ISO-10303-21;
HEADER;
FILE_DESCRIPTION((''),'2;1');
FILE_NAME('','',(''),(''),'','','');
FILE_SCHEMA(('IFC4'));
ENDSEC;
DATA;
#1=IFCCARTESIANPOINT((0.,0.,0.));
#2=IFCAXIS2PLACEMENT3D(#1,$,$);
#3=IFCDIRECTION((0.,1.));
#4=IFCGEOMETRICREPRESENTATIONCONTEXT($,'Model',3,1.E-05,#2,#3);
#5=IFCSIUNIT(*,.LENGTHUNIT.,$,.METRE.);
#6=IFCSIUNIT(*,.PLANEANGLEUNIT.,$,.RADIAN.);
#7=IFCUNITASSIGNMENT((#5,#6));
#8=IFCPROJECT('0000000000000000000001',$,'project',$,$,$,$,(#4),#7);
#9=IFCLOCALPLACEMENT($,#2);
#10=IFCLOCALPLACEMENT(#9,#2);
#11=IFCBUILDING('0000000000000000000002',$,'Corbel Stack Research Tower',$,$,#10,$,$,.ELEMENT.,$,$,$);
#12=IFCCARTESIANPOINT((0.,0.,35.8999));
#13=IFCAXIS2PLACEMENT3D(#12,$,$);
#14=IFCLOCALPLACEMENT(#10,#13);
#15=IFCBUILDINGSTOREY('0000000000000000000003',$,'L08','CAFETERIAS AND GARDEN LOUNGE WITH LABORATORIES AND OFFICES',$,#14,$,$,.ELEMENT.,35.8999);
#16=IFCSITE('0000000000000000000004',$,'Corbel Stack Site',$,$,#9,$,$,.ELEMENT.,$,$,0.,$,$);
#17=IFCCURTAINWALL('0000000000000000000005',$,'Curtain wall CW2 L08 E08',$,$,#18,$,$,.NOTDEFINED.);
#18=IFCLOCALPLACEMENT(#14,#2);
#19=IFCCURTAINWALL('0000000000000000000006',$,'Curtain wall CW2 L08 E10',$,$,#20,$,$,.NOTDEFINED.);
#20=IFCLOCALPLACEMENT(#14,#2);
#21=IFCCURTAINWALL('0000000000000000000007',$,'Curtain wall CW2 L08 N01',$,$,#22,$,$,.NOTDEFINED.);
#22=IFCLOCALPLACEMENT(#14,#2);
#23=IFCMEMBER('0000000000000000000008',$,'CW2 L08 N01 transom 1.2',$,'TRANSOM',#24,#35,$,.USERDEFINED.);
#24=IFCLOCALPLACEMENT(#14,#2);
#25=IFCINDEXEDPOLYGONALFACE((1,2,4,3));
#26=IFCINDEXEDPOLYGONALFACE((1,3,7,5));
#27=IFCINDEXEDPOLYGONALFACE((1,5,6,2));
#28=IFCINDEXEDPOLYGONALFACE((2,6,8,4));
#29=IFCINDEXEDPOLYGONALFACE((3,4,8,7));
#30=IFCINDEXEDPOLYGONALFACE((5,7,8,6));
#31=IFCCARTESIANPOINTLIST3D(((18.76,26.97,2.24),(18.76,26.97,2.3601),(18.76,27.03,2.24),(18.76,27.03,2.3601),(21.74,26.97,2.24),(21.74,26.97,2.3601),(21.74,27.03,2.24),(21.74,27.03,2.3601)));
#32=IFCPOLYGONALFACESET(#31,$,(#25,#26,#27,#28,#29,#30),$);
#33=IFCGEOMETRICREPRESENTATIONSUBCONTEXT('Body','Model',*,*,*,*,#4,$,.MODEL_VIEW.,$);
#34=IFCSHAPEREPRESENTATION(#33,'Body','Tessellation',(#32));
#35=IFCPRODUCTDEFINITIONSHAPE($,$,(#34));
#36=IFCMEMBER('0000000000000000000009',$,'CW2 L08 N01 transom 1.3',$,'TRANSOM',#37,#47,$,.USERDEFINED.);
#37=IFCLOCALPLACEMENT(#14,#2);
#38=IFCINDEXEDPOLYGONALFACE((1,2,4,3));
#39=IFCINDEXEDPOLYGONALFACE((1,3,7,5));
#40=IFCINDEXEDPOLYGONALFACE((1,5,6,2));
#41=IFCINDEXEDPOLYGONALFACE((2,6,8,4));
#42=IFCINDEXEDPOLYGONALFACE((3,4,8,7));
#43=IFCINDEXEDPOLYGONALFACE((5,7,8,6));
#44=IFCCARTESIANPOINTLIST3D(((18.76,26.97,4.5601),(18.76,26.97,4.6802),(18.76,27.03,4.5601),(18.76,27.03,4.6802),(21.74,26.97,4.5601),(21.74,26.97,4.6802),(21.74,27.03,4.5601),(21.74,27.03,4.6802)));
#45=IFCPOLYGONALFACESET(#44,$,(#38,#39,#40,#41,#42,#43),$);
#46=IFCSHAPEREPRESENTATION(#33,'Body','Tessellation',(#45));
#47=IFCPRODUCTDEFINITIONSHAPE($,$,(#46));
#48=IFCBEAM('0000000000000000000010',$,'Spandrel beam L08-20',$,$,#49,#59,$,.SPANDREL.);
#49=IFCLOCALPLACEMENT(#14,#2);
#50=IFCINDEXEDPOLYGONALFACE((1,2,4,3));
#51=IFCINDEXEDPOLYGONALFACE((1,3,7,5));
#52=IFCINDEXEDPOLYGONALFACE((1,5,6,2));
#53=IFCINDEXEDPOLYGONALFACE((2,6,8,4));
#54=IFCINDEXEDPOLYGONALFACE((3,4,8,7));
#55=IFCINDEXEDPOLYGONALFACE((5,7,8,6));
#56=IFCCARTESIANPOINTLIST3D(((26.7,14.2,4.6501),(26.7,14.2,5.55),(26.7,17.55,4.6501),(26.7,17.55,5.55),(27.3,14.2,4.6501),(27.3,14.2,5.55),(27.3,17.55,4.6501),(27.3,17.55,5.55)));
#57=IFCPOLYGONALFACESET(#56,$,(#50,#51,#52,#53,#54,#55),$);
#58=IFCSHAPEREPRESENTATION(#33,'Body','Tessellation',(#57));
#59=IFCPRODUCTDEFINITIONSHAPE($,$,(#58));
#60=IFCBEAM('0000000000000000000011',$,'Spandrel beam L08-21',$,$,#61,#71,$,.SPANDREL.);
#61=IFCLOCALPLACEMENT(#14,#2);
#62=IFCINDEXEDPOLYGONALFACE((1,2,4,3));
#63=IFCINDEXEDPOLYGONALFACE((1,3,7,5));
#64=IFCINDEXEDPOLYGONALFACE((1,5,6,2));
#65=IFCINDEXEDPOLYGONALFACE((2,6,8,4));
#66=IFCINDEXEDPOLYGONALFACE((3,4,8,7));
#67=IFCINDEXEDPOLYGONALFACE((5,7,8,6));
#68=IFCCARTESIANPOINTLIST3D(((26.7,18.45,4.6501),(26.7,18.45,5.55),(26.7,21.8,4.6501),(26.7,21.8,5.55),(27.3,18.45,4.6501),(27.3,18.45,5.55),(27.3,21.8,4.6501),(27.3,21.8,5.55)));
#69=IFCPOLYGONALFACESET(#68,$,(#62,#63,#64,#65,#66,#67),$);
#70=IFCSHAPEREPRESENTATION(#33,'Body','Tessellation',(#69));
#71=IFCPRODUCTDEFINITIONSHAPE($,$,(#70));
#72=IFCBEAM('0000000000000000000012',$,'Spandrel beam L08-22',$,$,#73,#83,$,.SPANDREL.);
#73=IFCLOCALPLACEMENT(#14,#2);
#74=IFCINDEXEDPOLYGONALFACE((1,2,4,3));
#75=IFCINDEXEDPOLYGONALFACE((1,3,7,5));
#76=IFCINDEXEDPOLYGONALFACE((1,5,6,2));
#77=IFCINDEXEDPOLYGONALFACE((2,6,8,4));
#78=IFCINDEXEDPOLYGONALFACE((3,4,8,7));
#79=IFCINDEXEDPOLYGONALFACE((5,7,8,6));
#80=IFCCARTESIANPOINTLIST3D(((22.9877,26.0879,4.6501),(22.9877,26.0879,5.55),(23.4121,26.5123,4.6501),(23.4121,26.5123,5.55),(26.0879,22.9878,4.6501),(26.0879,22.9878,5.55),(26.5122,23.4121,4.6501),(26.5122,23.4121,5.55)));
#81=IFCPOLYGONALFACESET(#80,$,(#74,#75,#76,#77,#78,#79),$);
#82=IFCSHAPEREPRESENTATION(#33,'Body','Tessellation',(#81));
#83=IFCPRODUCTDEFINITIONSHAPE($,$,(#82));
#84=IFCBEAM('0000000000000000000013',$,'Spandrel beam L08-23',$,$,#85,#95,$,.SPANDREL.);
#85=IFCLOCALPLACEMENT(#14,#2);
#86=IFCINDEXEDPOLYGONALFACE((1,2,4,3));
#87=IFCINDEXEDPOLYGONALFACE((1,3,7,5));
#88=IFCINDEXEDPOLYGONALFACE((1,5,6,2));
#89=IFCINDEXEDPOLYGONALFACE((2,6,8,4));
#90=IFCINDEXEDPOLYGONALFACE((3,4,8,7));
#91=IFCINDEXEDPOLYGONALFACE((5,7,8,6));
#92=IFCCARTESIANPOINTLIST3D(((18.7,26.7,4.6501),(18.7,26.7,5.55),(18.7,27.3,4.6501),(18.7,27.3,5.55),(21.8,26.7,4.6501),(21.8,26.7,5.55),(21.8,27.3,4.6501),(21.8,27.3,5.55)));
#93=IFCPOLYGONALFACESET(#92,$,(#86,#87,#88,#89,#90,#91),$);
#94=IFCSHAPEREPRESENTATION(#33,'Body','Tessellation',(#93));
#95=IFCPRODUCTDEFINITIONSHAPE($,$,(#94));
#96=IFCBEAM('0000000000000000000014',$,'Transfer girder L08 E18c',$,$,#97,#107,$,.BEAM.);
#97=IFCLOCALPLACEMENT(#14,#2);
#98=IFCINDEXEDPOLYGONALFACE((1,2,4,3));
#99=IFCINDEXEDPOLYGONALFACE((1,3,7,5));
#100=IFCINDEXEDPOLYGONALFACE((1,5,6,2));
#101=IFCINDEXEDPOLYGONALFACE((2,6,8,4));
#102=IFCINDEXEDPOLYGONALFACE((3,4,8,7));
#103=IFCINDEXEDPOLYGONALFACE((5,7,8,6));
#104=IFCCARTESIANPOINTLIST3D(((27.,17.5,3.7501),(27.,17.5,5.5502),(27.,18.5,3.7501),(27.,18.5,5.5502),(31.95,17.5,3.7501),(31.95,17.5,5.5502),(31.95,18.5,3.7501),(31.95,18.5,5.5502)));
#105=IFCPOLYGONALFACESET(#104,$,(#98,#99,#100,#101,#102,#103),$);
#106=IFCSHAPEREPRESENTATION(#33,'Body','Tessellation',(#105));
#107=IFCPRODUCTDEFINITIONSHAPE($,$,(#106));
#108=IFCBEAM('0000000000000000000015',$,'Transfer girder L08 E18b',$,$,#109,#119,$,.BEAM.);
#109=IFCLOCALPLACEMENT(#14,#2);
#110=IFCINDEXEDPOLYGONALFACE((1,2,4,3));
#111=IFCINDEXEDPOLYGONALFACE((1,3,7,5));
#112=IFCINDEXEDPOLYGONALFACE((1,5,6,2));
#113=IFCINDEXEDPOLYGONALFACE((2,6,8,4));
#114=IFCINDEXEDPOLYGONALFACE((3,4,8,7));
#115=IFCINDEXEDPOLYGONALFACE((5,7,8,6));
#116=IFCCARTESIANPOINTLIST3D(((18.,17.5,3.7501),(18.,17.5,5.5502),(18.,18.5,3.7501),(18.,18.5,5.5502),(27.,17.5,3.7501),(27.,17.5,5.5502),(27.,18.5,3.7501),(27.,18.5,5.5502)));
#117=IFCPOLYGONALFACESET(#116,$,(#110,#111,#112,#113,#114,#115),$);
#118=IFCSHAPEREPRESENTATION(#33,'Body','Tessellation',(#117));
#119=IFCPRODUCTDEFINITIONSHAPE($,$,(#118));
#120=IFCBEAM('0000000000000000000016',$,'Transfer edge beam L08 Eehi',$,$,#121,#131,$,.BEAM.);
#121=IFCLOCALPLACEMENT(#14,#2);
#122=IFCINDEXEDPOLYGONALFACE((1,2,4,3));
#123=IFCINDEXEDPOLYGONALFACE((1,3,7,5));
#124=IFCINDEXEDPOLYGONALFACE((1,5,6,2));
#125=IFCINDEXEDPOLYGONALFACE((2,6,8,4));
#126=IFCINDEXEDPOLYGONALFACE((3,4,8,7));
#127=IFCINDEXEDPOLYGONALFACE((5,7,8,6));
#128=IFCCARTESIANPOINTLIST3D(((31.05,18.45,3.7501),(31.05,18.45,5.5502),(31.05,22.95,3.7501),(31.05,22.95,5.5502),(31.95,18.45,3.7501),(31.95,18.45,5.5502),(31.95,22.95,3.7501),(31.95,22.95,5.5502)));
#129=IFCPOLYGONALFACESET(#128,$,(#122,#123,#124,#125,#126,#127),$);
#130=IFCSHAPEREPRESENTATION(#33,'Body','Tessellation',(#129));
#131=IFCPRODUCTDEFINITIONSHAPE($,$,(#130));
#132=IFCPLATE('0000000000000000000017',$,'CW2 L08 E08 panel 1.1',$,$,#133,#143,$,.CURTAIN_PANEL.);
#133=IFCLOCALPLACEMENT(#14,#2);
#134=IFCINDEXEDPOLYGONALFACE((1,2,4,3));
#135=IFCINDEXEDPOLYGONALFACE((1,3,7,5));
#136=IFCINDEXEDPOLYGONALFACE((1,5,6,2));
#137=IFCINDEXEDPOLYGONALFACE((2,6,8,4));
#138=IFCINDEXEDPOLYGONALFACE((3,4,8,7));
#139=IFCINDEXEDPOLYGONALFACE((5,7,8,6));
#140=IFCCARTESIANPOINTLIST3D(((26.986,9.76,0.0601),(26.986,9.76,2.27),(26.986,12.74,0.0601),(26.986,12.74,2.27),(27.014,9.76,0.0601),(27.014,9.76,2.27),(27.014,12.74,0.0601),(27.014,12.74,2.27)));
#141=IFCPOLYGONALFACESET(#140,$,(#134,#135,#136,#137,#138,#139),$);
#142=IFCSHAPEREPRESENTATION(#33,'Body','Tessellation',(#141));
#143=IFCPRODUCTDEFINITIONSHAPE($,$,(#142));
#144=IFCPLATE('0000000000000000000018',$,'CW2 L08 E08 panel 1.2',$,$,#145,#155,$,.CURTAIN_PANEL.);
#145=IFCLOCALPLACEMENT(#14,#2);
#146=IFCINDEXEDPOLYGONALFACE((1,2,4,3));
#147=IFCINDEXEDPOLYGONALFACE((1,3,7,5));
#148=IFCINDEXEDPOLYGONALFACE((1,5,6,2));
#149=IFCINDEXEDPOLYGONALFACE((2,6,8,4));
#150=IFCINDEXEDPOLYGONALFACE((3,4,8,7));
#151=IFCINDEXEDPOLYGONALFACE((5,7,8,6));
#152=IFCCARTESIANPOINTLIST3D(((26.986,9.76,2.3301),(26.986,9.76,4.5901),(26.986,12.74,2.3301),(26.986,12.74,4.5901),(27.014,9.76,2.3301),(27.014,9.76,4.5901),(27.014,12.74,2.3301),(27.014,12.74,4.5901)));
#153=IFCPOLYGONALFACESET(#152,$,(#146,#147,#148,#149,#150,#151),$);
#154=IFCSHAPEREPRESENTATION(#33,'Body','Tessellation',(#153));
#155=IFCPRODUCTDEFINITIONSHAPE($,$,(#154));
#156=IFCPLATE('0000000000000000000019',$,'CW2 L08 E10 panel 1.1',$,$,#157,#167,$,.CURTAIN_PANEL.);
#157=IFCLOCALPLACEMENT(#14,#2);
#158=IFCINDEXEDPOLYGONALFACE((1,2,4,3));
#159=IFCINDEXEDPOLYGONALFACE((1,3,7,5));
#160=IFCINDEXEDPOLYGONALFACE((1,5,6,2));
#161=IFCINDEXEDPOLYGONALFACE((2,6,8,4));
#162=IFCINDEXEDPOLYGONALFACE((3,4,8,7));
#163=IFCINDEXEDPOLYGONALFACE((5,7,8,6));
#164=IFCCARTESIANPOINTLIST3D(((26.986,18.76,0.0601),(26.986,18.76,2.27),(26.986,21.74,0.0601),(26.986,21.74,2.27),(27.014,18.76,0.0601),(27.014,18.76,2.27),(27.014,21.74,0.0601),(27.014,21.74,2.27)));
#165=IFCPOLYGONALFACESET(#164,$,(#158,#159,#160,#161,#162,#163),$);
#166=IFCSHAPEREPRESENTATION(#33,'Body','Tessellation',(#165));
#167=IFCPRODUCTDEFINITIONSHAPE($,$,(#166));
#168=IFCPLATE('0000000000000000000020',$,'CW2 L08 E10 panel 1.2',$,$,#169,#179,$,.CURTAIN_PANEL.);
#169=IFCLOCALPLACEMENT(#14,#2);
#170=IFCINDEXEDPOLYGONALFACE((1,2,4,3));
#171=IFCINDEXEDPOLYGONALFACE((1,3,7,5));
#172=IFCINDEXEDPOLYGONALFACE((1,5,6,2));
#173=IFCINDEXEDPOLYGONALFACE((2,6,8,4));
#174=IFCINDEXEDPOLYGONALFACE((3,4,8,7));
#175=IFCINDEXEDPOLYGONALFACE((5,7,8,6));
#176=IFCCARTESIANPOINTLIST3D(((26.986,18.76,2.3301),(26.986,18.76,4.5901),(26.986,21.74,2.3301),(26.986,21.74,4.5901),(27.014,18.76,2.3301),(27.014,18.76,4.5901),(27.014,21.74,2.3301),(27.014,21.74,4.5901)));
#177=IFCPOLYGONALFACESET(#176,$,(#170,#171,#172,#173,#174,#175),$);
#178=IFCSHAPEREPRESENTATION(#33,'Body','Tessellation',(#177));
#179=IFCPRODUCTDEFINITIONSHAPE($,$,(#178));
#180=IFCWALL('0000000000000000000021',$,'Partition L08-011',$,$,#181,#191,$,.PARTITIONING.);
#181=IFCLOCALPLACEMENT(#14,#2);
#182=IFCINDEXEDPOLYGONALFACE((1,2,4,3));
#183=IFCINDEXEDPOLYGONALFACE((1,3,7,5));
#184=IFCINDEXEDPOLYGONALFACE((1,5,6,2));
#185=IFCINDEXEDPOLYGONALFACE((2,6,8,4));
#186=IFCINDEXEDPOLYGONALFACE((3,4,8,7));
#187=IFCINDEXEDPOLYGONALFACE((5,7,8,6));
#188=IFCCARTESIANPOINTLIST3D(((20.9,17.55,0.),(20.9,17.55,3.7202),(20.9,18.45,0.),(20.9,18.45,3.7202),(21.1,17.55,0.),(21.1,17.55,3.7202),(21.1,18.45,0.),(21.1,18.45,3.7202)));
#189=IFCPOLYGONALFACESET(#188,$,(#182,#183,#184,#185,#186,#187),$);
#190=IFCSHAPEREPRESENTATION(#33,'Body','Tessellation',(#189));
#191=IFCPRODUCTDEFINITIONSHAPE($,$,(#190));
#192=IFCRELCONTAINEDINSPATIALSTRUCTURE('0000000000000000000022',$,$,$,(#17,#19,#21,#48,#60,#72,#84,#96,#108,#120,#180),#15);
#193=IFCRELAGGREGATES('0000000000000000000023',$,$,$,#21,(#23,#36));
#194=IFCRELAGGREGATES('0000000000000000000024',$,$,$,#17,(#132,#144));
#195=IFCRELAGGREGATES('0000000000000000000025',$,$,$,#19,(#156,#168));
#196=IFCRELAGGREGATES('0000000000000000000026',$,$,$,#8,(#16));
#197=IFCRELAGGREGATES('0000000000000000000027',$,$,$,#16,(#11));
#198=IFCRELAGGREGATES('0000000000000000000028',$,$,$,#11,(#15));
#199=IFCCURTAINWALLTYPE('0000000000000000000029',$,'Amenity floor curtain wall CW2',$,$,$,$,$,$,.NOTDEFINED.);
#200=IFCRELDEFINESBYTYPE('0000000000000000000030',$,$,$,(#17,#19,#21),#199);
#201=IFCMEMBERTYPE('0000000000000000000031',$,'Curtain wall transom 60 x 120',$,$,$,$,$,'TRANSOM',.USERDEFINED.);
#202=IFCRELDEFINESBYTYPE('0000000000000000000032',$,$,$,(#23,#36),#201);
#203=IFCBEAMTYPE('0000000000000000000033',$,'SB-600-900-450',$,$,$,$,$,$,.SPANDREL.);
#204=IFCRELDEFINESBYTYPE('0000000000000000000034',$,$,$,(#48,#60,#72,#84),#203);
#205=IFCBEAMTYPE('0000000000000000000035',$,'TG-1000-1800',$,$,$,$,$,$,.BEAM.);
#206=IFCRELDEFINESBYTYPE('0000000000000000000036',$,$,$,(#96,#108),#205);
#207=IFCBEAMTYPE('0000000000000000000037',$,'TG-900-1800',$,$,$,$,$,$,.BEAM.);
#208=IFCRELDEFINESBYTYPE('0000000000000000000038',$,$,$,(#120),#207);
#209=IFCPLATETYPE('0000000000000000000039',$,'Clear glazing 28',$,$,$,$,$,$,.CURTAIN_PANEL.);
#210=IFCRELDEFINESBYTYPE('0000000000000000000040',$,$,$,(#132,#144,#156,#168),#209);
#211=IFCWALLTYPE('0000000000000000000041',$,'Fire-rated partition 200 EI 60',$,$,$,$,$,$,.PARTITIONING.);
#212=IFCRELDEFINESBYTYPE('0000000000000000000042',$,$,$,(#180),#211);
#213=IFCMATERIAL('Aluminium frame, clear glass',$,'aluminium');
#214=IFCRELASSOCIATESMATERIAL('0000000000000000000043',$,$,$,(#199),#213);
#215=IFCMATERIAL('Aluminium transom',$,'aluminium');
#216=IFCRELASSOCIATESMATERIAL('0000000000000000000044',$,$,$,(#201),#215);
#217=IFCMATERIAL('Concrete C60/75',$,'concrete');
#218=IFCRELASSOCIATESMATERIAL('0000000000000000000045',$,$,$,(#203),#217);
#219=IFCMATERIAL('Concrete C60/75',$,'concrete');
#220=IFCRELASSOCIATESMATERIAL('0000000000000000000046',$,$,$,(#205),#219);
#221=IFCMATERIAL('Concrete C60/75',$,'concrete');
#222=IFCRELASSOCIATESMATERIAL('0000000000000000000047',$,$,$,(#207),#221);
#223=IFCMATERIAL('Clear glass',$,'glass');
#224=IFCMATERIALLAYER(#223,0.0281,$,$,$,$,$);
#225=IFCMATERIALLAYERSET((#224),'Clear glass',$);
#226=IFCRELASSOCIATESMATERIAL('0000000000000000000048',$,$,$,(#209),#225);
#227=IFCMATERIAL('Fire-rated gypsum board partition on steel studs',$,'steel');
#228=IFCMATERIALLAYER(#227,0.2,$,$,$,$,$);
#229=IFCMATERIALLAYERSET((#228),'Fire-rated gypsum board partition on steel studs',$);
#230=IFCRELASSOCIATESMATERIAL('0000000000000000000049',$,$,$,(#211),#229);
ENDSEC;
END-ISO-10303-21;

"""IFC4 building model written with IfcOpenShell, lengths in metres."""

from ifc_helpers import new_model, si_unit, direction, frame, frame_2d, origin, origin_2d, place, context, subcontext, project, spatial, rectangle, extrude, material, layer, layer_set, material_profile, profile_set, type_object, element, aggregate, save


model = new_model("IFC4")

# Units and contexts
model_context = context("Model", 3, precision=1e-05, world=origin(), true_north=direction((0.0, 1.0)))
body_context = subcontext(model_context, "Body", "Model", "MODEL_VIEW")
ifc_project = project(units=[si_unit("LENGTHUNIT", "METRE"), si_unit("PLANEANGLEUNIT", "RADIAN")], contexts=[model_context])

# Site, building, storey
site_placement = place(None, origin())
site = spatial("IfcSite", under=ifc_project, at=site_placement, Name="Corbel Stack Site", CompositionType="ELEMENT", RefElevation=0.0)
building_placement = place(site_placement, origin())
building = spatial("IfcBuilding", under=site, at=building_placement, Name="Corbel Stack Research Tower", CompositionType="ELEMENT")
storey_placement = place(building_placement, frame((0.0, 0.0, 35.8999)))
storey = spatial("IfcBuildingStorey", under=building, at=storey_placement, Name="L08", Description="CAFETERIAS AND GARDEN LOUNGE WITH LABORATORIES AND OFFICES", CompositionType="ELEMENT", Elevation=35.8999)

# Curtain wall
ifc_material_1 = material(Name="Aluminium frame, clear glass", Category="aluminium")
curtain_wall_type = type_object("IfcCurtainWallType", Name="Amenity floor curtain wall CW2", PredefinedType="NOTDEFINED", material=ifc_material_1)
curtain_wall_1_placement = place(storey_placement, origin())
curtain_wall_1 = element("IfcCurtainWall", 1, at=curtain_wall_1_placement, inside=storey, type_object=curtain_wall_type, Name="Curtain wall CW2 L08 E08", PredefinedType="NOTDEFINED")

# Curtain wall
curtain_wall_2_placement = place(storey_placement, origin())
curtain_wall_2 = element("IfcCurtainWall", 2, at=curtain_wall_2_placement, inside=storey, type_object=curtain_wall_type, Name="Curtain wall CW2 L08 E10", PredefinedType="NOTDEFINED")

# Curtain wall
curtain_wall_3_placement = place(storey_placement, origin())
curtain_wall_3 = element("IfcCurtainWall", 3, at=curtain_wall_3_placement, inside=storey, type_object=curtain_wall_type, Name="Curtain wall CW2 L08 N01", PredefinedType="NOTDEFINED")

# Members
ifc_material_2 = material(Name="Aluminium transom", Category="aluminium")
ifc_material_profile_1 = material_profile(ifc_material_2, rectangle(XDim=0.0601, YDim=0.1201, at=origin_2d()), Name="Transom 60 x 120")
ifc_profile_set_1 = profile_set([ifc_material_profile_1], Name="Aluminium transom")
member_type_1 = type_object("IfcMemberType", Name="Curtain wall transom 60 x 120", ElementType="TRANSOM", PredefinedType="USERDEFINED", material=ifc_profile_set_1)
member_1_placement = place(storey_placement, frame((21.74, 27.0, 2.3), z_axis=(-1.0, 0.0, 0.0), x_axis=(0.0, -1.0, 0.0)))
member_1 = element("IfcMember", 4, at=member_1_placement, type_object=member_type_1, Name="CW2 L08 N01 transom 1.2", ObjectType="TRANSOM", PredefinedType="USERDEFINED", context=body_context, shape_type="SweptSolid", body=[
    extrude(rectangle(XDim=0.0601, YDim=0.1201, at=origin_2d()), origin(), (0.0, 0.0, 1.0), 2.98),
])
member_2_placement = place(storey_placement, frame((21.74, 27.0, 4.6201), z_axis=(-1.0, 0.0, 0.0), x_axis=(0.0, -1.0, 0.0)))
member_2 = element("IfcMember", 5, at=member_2_placement, type_object=member_type_1, Name="CW2 L08 N01 transom 1.3", ObjectType="TRANSOM", PredefinedType="USERDEFINED", context=body_context, shape_type="SweptSolid", body=[
    extrude(rectangle(XDim=0.0601, YDim=0.1201, at=origin_2d()), origin(), (0.0, 0.0, 1.0), 2.98),
])
aggregate(curtain_wall_3, [member_1, member_2])

# Beams
ifc_material_3 = material(Name="Concrete C60/75", Category="concrete")
ifc_material_profile_2 = material_profile(ifc_material_3, rectangle(XDim=0.6001, YDim=0.8999, at=origin_2d()), Name="RC 600 x 900")
ifc_profile_set_2 = profile_set([ifc_material_profile_2], Name="Concrete C60/75")
beam_type_1 = type_object("IfcBeamType", Name="SB-600-900-450", PredefinedType="SPANDREL", material=ifc_profile_set_2)
for number, where, z_axis, x_axis, name in (
    (6, (27.0, 14.2, 5.1001), (0.0, 1.0, 0.0), (-1.0, 0.0, 0.0), "Spandrel beam L08-20"),
    (7, (27.0, 18.45, 5.1001), (0.0, 1.0, 0.0), (-1.0, 0.0, 0.0), "Spandrel beam L08-21"),
):
    element("IfcBeam", number, at=place(storey_placement, frame(where, z_axis=z_axis, x_axis=x_axis)), inside=storey, type_object=beam_type_1, Name=name, PredefinedType="SPANDREL", context=body_context, shape_type="SweptSolid", body=[
        extrude(rectangle(XDim=0.6001, YDim=0.8999, at=origin_2d()), origin(), (0.0, 0.0, 1.0), 3.3501),
    ])
beam_1_placement = place(storey_placement, frame((26.3, 23.2, 5.1001), z_axis=(-0.707107, 0.707107, 0.0), x_axis=(-0.707107, -0.707107, 0.0)))
element("IfcBeam", 8, at=beam_1_placement, inside=storey, type_object=beam_type_1, Name="Spandrel beam L08-22", PredefinedType="SPANDREL", context=body_context, shape_type="SweptSolid", body=[
    extrude(rectangle(XDim=0.6001, YDim=0.8999, at=origin_2d()), origin(), (0.0, 0.0, 1.0), 4.3843),
])
beam_2_placement = place(storey_placement, frame((21.8, 27.0, 5.1001), z_axis=(-1.0, 0.0, 0.0), x_axis=(0.0, -1.0, 0.0)))
element("IfcBeam", 9, at=beam_2_placement, inside=storey, type_object=beam_type_1, Name="Spandrel beam L08-23", PredefinedType="SPANDREL", context=body_context, shape_type="SweptSolid", body=[
    extrude(rectangle(XDim=0.6001, YDim=0.8999, at=origin_2d()), origin(), (0.0, 0.0, 1.0), 3.1001),
])
ifc_material_4 = material(Name="Concrete C60/75", Category="concrete")
ifc_material_profile_3 = material_profile(ifc_material_4, rectangle(XDim=1.0, YDim=1.8, at=origin_2d()), Name="RC 1000 x 1800")
ifc_profile_set_3 = profile_set([ifc_material_profile_3], Name="Concrete C60/75")
beam_type_2 = type_object("IfcBeamType", Name="TG-1000-1800", PredefinedType="BEAM", material=ifc_profile_set_3)
beam_3_placement = place(storey_placement, frame((31.95, 18.0, 4.6501), z_axis=(-1.0, 0.0, 0.0), x_axis=(0.0, -1.0, 0.0)))
element("IfcBeam", 10, at=beam_3_placement, inside=storey, type_object=beam_type_2, Name="Transfer girder L08 E18c", PredefinedType="BEAM", context=body_context, shape_type="SweptSolid", body=[
    extrude(rectangle(XDim=1.0, YDim=1.8, at=origin_2d()), origin(), (0.0, 0.0, 1.0), 4.95),
])
beam_4_placement = place(storey_placement, frame((27.0, 18.0, 4.6501), z_axis=(-1.0, 0.0, 0.0), x_axis=(0.0, -1.0, 0.0)))
element("IfcBeam", 11, at=beam_4_placement, inside=storey, type_object=beam_type_2, Name="Transfer girder L08 E18b", PredefinedType="BEAM", context=body_context, shape_type="SweptSolid", body=[
    extrude(rectangle(XDim=1.0, YDim=1.8, at=origin_2d()), origin(), (0.0, 0.0, 1.0), 9.0),
])
ifc_material_5 = material(Name="Concrete C60/75", Category="concrete")
ifc_material_profile_4 = material_profile(ifc_material_5, rectangle(XDim=0.8999, YDim=1.8, at=origin_2d()), Name="RC 900 x 1800")
ifc_profile_set_4 = profile_set([ifc_material_profile_4], Name="Concrete C60/75")
beam_type_3 = type_object("IfcBeamType", Name="TG-900-1800", PredefinedType="BEAM", material=ifc_profile_set_4)
beam_5_placement = place(storey_placement, frame((31.5, 18.45, 4.6501), z_axis=(0.0, 1.0, 0.0), x_axis=(-1.0, 0.0, 0.0)))
element("IfcBeam", 12, at=beam_5_placement, inside=storey, type_object=beam_type_3, Name="Transfer edge beam L08 Eehi", PredefinedType="BEAM", context=body_context, shape_type="SweptSolid", body=[
    extrude(rectangle(XDim=0.8999, YDim=1.8, at=origin_2d()), origin(), (0.0, 0.0, 1.0), 4.5),
])

# Plates
ifc_material_6 = material(Name="Clear glass", Category="glass")
ifc_layer_1 = layer(ifc_material_6, 0.0281)
ifc_layer_set_1 = layer_set([ifc_layer_1], Name="Clear glass")
plate_type = type_object("IfcPlateType", Name="Clear glazing 28", PredefinedType="CURTAIN_PANEL", material=ifc_layer_set_1)
plate_1_placement = place(storey_placement, frame((27.0, 11.25, 0.0601), z_axis=(0.0, 0.0, 1.0), x_axis=(0.0, 1.0, 0.0)))
plate_1 = element("IfcPlate", 13, at=plate_1_placement, type_object=plate_type, Name="CW2 L08 E08 panel 1.1", PredefinedType="CURTAIN_PANEL", context=body_context, shape_type="SweptSolid", body=[
    extrude(rectangle(XDim=2.98, YDim=0.0281, at=origin_2d()), origin(), (0.0, 0.0, 1.0), 2.21),
])
plate_2_placement = place(storey_placement, frame((27.0, 11.25, 2.3301), z_axis=(0.0, 0.0, 1.0), x_axis=(0.0, 1.0, 0.0)))
plate_2 = element("IfcPlate", 14, at=plate_2_placement, type_object=plate_type, Name="CW2 L08 E08 panel 1.2", PredefinedType="CURTAIN_PANEL", context=body_context, shape_type="SweptSolid", body=[
    extrude(rectangle(XDim=2.98, YDim=0.0281, at=origin_2d()), origin(), (0.0, 0.0, 1.0), 2.26),
])
aggregate(curtain_wall_1, [plate_1, plate_2])
plate_3_placement = place(storey_placement, frame((27.0, 20.25, 0.0601), z_axis=(0.0, 0.0, 1.0), x_axis=(0.0, 1.0, 0.0)))
plate_3 = element("IfcPlate", 15, at=plate_3_placement, type_object=plate_type, Name="CW2 L08 E10 panel 1.1", PredefinedType="CURTAIN_PANEL", context=body_context, shape_type="SweptSolid", body=[
    extrude(rectangle(XDim=2.98, YDim=0.0281, at=origin_2d()), origin(), (0.0, 0.0, 1.0), 2.21),
])
plate_4_placement = place(storey_placement, frame((27.0, 20.25, 2.3301), z_axis=(0.0, 0.0, 1.0), x_axis=(0.0, 1.0, 0.0)))
plate_4 = element("IfcPlate", 16, at=plate_4_placement, type_object=plate_type, Name="CW2 L08 E10 panel 1.2", PredefinedType="CURTAIN_PANEL", context=body_context, shape_type="SweptSolid", body=[
    extrude(rectangle(XDim=2.98, YDim=0.0281, at=origin_2d()), origin(), (0.0, 0.0, 1.0), 2.26),
])
aggregate(curtain_wall_2, [plate_3, plate_4])

# Wall
ifc_material_7 = material(Name="Fire-rated gypsum board partition on steel studs", Category="steel")
ifc_layer_2 = layer(ifc_material_7, 0.2)
ifc_layer_set_2 = layer_set([ifc_layer_2], Name="Fire-rated gypsum board partition on steel studs")
wall_type_1 = type_object("IfcWallType", Name="Fire-rated partition 200 EI 60", PredefinedType="PARTITIONING", material=ifc_layer_set_2)
wall_1_placement = place(storey_placement, frame((21.0, 17.55, 0.0), z_axis=(0.0, 0.0, 1.0), x_axis=(0.0, 1.0, 0.0)))
element("IfcWall", 17, at=wall_1_placement, inside=storey, type_object=wall_type_1, Name="Partition L08-011", PredefinedType="PARTITIONING", context=body_context, shape_type="SweptSolid", body=[
    extrude(rectangle(XDim=0.8999, YDim=0.2, at=frame_2d((0.45, 0.0))), origin(), (0.0, 0.0, 1.0), 3.7202),
])

save(model, "model.ifc")
